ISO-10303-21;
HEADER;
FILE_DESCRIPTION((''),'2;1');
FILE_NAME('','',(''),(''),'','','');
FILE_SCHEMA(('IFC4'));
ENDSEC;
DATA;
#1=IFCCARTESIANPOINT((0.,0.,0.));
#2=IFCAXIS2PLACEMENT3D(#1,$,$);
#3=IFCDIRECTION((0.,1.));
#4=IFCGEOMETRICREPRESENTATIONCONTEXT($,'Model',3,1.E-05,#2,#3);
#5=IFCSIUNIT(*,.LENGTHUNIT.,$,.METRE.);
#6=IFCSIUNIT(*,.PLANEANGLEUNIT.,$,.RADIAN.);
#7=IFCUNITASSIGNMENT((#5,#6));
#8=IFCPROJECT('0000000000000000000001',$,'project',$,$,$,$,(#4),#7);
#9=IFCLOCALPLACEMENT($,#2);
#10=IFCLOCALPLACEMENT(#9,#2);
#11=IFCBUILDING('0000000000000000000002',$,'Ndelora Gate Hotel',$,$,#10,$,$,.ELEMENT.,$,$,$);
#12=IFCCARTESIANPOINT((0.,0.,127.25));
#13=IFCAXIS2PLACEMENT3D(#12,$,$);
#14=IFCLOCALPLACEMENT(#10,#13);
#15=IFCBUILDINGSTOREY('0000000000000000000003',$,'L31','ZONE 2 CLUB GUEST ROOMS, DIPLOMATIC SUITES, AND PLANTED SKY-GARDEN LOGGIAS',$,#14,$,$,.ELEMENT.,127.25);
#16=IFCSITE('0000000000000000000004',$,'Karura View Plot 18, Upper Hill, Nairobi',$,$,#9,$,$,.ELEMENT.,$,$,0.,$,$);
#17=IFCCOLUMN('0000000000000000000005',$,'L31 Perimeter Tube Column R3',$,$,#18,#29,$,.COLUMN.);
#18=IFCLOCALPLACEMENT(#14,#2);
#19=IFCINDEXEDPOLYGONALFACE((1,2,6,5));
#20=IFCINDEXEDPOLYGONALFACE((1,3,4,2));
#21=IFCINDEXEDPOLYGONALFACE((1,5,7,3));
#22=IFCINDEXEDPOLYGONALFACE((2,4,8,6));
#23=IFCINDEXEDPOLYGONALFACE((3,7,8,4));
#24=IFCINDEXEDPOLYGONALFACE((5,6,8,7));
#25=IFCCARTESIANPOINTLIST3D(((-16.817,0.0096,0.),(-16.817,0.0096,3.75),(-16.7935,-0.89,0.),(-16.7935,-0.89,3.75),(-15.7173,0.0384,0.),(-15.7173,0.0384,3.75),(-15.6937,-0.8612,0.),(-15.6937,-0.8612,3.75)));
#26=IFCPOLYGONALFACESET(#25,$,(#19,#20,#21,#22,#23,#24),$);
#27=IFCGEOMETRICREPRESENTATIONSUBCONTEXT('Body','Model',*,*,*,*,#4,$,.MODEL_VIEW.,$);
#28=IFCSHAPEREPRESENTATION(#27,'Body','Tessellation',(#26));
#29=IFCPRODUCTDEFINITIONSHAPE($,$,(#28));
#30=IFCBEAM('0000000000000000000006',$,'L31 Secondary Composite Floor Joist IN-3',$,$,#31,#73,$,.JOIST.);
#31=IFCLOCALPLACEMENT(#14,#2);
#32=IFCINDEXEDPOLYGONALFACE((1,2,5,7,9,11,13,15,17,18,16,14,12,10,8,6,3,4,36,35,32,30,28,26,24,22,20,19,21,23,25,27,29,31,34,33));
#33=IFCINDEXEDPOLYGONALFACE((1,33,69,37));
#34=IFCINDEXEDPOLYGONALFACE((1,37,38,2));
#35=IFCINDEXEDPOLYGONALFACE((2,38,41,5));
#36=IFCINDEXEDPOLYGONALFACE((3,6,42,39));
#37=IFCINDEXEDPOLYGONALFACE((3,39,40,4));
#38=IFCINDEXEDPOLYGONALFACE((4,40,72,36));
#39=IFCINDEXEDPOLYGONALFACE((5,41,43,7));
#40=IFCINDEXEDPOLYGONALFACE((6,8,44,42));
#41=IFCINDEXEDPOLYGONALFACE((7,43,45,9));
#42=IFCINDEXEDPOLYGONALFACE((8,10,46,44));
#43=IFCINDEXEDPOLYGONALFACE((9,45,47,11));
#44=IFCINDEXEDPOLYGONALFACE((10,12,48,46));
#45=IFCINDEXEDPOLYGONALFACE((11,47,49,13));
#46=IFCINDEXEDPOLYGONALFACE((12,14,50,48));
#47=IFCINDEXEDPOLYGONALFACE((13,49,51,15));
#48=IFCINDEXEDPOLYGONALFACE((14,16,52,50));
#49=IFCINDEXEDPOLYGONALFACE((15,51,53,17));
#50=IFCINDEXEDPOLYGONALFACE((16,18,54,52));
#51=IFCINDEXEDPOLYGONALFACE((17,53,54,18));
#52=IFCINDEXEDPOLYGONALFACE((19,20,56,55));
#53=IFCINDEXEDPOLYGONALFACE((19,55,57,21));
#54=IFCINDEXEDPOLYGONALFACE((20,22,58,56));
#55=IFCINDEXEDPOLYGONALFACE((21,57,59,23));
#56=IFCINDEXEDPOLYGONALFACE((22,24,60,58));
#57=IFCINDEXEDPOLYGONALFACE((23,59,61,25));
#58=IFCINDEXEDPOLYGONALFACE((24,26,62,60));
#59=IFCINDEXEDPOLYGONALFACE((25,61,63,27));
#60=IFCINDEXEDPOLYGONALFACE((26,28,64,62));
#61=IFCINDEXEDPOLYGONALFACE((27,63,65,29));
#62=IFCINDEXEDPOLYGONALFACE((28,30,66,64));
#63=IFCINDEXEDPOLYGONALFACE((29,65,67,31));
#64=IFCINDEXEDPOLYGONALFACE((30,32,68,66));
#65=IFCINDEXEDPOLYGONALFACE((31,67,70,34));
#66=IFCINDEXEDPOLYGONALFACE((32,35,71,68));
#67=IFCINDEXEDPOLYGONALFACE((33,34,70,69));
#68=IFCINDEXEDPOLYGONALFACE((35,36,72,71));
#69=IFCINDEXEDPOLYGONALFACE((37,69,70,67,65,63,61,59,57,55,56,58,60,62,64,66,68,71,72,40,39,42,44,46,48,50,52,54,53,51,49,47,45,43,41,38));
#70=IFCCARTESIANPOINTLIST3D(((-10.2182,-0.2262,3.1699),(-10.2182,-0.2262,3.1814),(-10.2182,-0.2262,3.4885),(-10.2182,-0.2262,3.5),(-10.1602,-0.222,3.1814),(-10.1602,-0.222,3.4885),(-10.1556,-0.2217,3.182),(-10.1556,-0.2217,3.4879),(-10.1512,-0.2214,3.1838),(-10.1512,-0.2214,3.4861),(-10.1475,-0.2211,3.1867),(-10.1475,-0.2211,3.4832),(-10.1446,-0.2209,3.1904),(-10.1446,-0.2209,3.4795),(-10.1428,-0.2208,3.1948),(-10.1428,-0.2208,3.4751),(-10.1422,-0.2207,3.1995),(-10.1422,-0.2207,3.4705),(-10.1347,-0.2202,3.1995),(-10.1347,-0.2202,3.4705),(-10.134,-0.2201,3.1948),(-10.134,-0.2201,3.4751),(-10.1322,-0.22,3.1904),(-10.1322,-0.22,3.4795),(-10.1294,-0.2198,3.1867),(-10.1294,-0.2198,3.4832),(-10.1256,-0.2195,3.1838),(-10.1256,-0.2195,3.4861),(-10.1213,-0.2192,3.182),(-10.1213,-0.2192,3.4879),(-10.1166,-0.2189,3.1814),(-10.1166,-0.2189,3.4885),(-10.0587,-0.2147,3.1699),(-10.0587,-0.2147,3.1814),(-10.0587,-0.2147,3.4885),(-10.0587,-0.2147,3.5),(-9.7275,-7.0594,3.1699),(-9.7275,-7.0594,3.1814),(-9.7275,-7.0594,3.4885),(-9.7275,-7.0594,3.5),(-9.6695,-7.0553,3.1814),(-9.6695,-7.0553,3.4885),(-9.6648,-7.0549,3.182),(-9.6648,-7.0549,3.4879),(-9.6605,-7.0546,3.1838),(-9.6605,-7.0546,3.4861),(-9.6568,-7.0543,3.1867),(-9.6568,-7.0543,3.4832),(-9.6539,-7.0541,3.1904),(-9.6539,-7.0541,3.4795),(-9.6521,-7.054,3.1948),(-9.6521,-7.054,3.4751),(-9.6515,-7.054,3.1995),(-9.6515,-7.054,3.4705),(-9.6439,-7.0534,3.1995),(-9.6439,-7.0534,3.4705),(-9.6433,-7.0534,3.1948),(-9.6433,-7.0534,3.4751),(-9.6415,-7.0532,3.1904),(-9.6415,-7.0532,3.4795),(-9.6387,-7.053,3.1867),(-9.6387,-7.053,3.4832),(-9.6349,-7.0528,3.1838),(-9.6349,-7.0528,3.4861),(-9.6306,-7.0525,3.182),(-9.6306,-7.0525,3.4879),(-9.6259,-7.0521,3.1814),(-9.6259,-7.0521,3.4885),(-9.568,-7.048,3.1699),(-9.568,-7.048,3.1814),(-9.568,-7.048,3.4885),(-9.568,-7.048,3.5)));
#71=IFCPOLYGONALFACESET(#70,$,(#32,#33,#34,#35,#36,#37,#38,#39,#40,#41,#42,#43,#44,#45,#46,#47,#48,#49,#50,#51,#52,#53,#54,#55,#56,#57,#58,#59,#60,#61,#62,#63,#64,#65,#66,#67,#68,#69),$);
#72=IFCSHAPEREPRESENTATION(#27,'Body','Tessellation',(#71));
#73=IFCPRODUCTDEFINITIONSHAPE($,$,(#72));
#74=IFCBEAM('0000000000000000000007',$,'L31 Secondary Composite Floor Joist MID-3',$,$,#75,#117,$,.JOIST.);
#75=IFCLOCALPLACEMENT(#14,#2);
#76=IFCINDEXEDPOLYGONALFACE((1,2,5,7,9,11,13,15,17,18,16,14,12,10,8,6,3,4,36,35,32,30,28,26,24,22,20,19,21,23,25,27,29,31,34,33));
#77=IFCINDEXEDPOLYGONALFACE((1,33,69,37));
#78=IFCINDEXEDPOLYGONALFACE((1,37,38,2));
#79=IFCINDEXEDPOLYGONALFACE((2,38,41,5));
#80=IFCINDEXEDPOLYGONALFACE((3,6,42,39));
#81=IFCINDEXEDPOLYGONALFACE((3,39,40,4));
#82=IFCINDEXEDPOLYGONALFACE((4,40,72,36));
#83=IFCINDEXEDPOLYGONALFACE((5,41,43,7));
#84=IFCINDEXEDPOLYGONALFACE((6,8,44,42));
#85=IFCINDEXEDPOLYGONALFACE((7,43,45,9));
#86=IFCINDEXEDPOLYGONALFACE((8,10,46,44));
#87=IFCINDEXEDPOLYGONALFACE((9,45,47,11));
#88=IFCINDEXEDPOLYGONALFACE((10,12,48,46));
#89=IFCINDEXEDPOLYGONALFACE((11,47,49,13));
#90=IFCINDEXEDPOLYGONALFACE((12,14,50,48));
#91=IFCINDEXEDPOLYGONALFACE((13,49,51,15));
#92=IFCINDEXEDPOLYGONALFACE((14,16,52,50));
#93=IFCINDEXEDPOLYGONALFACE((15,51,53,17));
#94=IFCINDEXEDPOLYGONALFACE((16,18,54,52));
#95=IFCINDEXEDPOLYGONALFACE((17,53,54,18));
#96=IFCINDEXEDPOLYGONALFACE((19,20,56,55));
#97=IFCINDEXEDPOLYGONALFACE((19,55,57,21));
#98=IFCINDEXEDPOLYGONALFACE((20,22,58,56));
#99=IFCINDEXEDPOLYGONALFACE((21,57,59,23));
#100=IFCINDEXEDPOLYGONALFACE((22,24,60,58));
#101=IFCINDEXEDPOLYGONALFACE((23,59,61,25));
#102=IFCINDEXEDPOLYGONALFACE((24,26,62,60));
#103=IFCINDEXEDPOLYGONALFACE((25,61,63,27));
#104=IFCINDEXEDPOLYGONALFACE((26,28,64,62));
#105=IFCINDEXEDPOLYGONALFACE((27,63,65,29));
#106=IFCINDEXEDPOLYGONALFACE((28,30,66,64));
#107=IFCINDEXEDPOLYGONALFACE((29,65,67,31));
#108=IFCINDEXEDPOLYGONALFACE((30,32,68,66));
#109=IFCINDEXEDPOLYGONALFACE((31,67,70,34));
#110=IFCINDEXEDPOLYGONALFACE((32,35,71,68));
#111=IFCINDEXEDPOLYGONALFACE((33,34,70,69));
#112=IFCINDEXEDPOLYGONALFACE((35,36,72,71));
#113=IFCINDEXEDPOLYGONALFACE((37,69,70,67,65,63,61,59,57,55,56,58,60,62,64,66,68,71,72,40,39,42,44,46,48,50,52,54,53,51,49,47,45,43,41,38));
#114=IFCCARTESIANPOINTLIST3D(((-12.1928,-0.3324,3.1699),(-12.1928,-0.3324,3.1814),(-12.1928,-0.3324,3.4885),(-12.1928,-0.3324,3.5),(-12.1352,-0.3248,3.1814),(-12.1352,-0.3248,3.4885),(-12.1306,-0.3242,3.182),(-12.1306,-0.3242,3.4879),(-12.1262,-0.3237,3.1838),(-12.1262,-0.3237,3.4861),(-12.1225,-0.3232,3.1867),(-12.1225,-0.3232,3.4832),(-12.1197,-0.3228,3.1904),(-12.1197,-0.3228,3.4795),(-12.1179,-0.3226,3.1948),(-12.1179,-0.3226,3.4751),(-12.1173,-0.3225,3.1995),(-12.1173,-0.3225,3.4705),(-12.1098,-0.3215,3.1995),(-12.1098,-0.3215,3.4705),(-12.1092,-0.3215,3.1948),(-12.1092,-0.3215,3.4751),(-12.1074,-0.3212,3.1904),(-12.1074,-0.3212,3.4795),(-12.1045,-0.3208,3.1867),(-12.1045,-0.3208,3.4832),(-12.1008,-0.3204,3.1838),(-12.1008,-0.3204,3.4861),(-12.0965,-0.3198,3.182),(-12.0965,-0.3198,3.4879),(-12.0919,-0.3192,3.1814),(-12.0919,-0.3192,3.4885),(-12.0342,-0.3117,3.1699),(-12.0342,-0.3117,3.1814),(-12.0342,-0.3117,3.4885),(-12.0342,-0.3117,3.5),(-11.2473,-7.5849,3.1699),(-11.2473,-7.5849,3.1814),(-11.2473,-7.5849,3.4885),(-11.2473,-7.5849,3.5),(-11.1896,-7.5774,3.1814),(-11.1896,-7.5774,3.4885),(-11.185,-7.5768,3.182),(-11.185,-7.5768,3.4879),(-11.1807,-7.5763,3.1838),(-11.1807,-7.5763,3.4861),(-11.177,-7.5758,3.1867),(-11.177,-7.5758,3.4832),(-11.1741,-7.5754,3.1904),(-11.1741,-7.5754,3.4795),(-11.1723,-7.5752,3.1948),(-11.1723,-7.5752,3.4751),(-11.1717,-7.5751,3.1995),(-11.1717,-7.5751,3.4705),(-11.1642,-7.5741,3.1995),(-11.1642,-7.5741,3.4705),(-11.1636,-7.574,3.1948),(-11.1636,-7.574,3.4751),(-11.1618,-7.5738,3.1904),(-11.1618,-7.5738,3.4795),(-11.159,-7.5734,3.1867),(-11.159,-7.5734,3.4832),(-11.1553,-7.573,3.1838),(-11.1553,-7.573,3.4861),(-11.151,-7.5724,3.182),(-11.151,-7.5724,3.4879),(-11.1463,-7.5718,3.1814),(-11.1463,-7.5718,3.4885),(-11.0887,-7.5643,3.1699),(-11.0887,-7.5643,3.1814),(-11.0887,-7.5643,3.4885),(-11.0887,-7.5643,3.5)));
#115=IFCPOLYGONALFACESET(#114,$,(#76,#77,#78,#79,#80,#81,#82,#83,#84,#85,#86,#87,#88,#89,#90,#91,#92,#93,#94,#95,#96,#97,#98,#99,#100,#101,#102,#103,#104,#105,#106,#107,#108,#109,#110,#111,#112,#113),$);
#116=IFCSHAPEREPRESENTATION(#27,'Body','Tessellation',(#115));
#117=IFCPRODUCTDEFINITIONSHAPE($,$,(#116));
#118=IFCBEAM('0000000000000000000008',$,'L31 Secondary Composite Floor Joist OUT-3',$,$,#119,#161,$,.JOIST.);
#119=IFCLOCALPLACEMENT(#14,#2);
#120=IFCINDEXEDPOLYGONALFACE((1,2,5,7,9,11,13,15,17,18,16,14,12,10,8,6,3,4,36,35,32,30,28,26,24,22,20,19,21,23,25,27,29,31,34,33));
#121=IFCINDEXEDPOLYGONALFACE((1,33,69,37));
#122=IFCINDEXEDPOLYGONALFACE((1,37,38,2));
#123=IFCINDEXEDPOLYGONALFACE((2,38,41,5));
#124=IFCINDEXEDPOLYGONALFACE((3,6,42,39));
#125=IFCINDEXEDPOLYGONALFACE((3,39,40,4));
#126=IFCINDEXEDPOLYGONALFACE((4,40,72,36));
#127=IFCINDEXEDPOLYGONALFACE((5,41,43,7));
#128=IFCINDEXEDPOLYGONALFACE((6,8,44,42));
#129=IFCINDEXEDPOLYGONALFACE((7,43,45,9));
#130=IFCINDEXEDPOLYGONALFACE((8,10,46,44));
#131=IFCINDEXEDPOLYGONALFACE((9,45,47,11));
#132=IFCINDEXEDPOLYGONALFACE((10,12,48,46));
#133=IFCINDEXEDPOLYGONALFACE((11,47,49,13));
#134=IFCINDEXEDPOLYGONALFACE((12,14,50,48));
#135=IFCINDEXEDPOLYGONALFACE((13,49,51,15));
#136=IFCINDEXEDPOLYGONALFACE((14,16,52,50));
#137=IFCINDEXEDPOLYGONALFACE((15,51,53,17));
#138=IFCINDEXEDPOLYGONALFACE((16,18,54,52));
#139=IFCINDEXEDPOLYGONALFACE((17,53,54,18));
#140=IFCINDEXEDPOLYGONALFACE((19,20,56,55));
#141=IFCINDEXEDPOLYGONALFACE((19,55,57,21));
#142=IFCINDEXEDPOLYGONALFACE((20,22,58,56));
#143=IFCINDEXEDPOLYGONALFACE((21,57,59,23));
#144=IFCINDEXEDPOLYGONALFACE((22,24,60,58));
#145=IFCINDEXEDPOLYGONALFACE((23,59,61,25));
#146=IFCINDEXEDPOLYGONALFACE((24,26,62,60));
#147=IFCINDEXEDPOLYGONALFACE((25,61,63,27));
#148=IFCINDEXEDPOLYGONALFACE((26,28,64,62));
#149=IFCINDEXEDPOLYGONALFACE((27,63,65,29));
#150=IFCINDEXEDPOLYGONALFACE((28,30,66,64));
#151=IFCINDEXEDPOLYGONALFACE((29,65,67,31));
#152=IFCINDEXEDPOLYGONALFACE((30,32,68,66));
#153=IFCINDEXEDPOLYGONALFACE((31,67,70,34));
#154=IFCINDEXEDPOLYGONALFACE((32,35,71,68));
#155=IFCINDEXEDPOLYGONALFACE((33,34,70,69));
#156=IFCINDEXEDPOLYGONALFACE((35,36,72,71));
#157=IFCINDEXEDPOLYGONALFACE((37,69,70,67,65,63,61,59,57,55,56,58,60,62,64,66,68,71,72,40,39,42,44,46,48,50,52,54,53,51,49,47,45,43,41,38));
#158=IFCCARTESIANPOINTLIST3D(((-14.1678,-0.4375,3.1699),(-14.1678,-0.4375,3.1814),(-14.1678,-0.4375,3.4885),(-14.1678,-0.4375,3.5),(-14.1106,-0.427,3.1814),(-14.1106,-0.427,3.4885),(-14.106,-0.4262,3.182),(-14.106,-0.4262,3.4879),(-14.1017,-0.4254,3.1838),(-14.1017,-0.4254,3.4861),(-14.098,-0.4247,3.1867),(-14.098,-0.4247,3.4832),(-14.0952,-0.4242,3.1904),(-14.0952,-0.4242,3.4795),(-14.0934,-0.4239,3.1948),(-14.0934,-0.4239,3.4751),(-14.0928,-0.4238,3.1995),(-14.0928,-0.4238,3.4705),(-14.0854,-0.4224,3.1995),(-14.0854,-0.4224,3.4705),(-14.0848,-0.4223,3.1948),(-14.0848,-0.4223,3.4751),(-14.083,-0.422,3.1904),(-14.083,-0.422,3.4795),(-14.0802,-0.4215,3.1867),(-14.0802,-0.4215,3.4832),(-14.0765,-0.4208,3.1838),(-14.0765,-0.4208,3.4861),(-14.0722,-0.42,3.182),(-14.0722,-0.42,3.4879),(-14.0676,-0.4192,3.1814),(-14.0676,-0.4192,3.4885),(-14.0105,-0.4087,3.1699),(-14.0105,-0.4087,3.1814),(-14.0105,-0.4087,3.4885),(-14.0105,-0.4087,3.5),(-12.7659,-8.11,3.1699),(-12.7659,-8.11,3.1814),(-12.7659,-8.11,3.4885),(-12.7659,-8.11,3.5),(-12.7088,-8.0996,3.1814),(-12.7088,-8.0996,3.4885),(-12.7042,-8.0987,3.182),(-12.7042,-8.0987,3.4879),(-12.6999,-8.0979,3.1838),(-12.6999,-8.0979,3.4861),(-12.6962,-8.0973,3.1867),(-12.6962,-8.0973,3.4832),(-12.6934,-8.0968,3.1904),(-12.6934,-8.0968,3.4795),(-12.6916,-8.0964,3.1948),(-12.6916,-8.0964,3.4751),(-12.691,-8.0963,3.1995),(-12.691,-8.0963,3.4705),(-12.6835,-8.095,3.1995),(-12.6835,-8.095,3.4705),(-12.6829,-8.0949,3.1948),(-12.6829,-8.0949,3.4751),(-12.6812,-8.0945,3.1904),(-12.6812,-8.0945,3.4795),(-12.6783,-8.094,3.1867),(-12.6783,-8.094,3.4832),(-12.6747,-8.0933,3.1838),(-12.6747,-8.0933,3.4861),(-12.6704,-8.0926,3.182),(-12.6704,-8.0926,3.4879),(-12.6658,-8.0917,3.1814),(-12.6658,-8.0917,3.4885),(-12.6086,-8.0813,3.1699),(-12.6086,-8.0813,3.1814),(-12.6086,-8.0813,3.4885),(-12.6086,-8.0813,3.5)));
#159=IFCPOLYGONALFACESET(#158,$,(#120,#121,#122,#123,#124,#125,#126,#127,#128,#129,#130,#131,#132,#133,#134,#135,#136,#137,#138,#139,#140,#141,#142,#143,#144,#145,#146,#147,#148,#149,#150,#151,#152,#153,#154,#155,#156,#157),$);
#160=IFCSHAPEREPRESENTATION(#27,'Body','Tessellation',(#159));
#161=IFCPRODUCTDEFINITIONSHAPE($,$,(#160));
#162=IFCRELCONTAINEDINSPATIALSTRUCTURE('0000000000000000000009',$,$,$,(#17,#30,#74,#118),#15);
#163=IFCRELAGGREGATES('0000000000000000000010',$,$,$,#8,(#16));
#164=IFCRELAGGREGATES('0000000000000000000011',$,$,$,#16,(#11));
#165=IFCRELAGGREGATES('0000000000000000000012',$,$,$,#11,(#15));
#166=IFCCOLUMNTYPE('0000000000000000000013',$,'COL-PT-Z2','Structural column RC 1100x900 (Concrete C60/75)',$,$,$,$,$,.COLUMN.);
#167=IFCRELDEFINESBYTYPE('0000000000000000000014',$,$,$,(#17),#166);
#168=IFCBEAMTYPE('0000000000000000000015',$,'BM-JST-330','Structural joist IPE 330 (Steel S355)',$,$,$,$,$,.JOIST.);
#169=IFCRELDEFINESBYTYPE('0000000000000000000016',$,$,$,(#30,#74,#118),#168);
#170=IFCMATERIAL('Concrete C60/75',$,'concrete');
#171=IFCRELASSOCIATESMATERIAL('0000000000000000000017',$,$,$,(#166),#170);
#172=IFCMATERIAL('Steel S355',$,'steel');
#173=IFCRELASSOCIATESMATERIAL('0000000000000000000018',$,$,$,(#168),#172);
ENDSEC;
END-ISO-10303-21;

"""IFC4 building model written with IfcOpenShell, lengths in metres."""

from ifc_helpers import new_model, si_unit, direction, frame, origin, origin_2d, place, context, subcontext, project, spatial, rectangle, i_section, extrude, material, material_profile, profile_set, type_object, element, save


model = new_model("IFC4")

# Units and contexts
model_context = context("Model", 3, precision=1e-05, world=origin(), true_north=direction((0.0, 1.0)))
body_context = subcontext(model_context, "Body", "Model", "MODEL_VIEW")
ifc_project = project(units=[si_unit("LENGTHUNIT", "METRE"), si_unit("PLANEANGLEUNIT", "RADIAN")], contexts=[model_context])

# Site, building, storey
site_placement = place(None, origin())
site = spatial("IfcSite", under=ifc_project, at=site_placement, Name="Karura View Plot 18, Upper Hill, Nairobi", CompositionType="ELEMENT", RefElevation=0.0)
building_placement = place(site_placement, origin())
building = spatial("IfcBuilding", under=site, at=building_placement, Name="Ndelora Gate Hotel", CompositionType="ELEMENT")
storey_placement = place(building_placement, frame((0.0, 0.0, 127.25)))
storey = spatial("IfcBuildingStorey", under=building, at=storey_placement, Name="L31", Description="ZONE 2 CLUB GUEST ROOMS, DIPLOMATIC SUITES, AND PLANTED SKY-GARDEN LOGGIAS", CompositionType="ELEMENT", Elevation=127.25)

# Column
ifc_material_1 = material(Name="Concrete C60/75", Category="concrete")
ifc_material_profile_1 = material_profile(ifc_material_1, rectangle(XDim=0.8999, YDim=1.1001, at=origin_2d()), Name="RC 1100x900")
ifc_profile_set_1 = profile_set([ifc_material_profile_1], Name="Concrete C60/75")
column_type = type_object("IfcColumnType", Name="COL-PT-Z2", Description="Structural column RC 1100x900 (Concrete C60/75)", PredefinedType="COLUMN", material=ifc_profile_set_1)
column_placement = place(storey_placement, frame((-16.2554, -0.4258, 0.0), z_axis=(0.0, 0.0, 1.0), x_axis=(-0.026177, 0.999657, 0.0)))
element("IfcColumn", 1, at=column_placement, inside=storey, type_object=column_type, Name="L31 Perimeter Tube Column R3", PredefinedType="COLUMN", context=body_context, shape_type="SweptSolid", body=[
    extrude(rectangle(XDim=0.8999, YDim=1.1001, at=origin_2d()), origin(), (0.0, 0.0, 1.0), 3.75),
])

# Beams
ifc_material_2 = material(Name="Steel S355", Category="steel")
ifc_material_profile_2 = material_profile(ifc_material_2, i_section(OverallWidth=0.1599, OverallDepth=0.3301, WebThickness=0.0076, FlangeThickness=0.0115, FilletRadius=0.0181, at=origin_2d()), Name="IPE 330")
ifc_profile_set_2 = profile_set([ifc_material_profile_2], Name="Steel S355")
beam_type_1 = type_object("IfcBeamType", Name="BM-JST-330", Description="Structural joist IPE 330 (Steel S355)", PredefinedType="JOIST", material=ifc_profile_set_2)
beam_1_placement = place(storey_placement, frame((-10.1384, -0.2205, 3.335), z_axis=(0.071629, -0.997431, 0.0), x_axis=(0.997431, 0.071629, 0.0)))
element("IfcBeam", 2, at=beam_1_placement, inside=storey, type_object=beam_type_1, Name="L31 Secondary Composite Floor Joist IN-3", PredefinedType="JOIST", context=body_context, shape_type="SweptSolid", body=[
    extrude(i_section(OverallWidth=0.1599, OverallDepth=0.3301, WebThickness=0.0076, FlangeThickness=0.0115, FilletRadius=0.0181, at=origin_2d()), origin(), (0.0, 0.0, 1.0), 6.8508),
])
beam_2_placement = place(storey_placement, frame((-12.1135, -0.322, 3.335), z_axis=(0.129279, -0.991608, 0.0), x_axis=(0.991608, 0.129279, 0.0)))
element("IfcBeam", 3, at=beam_2_placement, inside=storey, type_object=beam_type_1, Name="L31 Secondary Composite Floor Joist MID-3", PredefinedType="JOIST", context=body_context, shape_type="SweptSolid", body=[
    extrude(i_section(OverallWidth=0.1599, OverallDepth=0.3301, WebThickness=0.0076, FlangeThickness=0.0115, FilletRadius=0.0181, at=origin_2d()), origin(), (0.0, 0.0, 1.0), 7.314),
])
beam_3_placement = place(storey_placement, frame((-14.0891, -0.4231, 3.335), z_axis=(0.179734, -0.983715, 0.0), x_axis=(0.983715, 0.179734, 0.0)))
element("IfcBeam", 4, at=beam_3_placement, inside=storey, type_object=beam_type_1, Name="L31 Secondary Composite Floor Joist OUT-3", PredefinedType="JOIST", context=body_context, shape_type="SweptSolid", body=[
    extrude(i_section(OverallWidth=0.1599, OverallDepth=0.3301, WebThickness=0.0076, FlangeThickness=0.0115, FilletRadius=0.0181, at=origin_2d()), origin(), (0.0, 0.0, 1.0), 7.7996),
])

save(model, "model.ifc")
